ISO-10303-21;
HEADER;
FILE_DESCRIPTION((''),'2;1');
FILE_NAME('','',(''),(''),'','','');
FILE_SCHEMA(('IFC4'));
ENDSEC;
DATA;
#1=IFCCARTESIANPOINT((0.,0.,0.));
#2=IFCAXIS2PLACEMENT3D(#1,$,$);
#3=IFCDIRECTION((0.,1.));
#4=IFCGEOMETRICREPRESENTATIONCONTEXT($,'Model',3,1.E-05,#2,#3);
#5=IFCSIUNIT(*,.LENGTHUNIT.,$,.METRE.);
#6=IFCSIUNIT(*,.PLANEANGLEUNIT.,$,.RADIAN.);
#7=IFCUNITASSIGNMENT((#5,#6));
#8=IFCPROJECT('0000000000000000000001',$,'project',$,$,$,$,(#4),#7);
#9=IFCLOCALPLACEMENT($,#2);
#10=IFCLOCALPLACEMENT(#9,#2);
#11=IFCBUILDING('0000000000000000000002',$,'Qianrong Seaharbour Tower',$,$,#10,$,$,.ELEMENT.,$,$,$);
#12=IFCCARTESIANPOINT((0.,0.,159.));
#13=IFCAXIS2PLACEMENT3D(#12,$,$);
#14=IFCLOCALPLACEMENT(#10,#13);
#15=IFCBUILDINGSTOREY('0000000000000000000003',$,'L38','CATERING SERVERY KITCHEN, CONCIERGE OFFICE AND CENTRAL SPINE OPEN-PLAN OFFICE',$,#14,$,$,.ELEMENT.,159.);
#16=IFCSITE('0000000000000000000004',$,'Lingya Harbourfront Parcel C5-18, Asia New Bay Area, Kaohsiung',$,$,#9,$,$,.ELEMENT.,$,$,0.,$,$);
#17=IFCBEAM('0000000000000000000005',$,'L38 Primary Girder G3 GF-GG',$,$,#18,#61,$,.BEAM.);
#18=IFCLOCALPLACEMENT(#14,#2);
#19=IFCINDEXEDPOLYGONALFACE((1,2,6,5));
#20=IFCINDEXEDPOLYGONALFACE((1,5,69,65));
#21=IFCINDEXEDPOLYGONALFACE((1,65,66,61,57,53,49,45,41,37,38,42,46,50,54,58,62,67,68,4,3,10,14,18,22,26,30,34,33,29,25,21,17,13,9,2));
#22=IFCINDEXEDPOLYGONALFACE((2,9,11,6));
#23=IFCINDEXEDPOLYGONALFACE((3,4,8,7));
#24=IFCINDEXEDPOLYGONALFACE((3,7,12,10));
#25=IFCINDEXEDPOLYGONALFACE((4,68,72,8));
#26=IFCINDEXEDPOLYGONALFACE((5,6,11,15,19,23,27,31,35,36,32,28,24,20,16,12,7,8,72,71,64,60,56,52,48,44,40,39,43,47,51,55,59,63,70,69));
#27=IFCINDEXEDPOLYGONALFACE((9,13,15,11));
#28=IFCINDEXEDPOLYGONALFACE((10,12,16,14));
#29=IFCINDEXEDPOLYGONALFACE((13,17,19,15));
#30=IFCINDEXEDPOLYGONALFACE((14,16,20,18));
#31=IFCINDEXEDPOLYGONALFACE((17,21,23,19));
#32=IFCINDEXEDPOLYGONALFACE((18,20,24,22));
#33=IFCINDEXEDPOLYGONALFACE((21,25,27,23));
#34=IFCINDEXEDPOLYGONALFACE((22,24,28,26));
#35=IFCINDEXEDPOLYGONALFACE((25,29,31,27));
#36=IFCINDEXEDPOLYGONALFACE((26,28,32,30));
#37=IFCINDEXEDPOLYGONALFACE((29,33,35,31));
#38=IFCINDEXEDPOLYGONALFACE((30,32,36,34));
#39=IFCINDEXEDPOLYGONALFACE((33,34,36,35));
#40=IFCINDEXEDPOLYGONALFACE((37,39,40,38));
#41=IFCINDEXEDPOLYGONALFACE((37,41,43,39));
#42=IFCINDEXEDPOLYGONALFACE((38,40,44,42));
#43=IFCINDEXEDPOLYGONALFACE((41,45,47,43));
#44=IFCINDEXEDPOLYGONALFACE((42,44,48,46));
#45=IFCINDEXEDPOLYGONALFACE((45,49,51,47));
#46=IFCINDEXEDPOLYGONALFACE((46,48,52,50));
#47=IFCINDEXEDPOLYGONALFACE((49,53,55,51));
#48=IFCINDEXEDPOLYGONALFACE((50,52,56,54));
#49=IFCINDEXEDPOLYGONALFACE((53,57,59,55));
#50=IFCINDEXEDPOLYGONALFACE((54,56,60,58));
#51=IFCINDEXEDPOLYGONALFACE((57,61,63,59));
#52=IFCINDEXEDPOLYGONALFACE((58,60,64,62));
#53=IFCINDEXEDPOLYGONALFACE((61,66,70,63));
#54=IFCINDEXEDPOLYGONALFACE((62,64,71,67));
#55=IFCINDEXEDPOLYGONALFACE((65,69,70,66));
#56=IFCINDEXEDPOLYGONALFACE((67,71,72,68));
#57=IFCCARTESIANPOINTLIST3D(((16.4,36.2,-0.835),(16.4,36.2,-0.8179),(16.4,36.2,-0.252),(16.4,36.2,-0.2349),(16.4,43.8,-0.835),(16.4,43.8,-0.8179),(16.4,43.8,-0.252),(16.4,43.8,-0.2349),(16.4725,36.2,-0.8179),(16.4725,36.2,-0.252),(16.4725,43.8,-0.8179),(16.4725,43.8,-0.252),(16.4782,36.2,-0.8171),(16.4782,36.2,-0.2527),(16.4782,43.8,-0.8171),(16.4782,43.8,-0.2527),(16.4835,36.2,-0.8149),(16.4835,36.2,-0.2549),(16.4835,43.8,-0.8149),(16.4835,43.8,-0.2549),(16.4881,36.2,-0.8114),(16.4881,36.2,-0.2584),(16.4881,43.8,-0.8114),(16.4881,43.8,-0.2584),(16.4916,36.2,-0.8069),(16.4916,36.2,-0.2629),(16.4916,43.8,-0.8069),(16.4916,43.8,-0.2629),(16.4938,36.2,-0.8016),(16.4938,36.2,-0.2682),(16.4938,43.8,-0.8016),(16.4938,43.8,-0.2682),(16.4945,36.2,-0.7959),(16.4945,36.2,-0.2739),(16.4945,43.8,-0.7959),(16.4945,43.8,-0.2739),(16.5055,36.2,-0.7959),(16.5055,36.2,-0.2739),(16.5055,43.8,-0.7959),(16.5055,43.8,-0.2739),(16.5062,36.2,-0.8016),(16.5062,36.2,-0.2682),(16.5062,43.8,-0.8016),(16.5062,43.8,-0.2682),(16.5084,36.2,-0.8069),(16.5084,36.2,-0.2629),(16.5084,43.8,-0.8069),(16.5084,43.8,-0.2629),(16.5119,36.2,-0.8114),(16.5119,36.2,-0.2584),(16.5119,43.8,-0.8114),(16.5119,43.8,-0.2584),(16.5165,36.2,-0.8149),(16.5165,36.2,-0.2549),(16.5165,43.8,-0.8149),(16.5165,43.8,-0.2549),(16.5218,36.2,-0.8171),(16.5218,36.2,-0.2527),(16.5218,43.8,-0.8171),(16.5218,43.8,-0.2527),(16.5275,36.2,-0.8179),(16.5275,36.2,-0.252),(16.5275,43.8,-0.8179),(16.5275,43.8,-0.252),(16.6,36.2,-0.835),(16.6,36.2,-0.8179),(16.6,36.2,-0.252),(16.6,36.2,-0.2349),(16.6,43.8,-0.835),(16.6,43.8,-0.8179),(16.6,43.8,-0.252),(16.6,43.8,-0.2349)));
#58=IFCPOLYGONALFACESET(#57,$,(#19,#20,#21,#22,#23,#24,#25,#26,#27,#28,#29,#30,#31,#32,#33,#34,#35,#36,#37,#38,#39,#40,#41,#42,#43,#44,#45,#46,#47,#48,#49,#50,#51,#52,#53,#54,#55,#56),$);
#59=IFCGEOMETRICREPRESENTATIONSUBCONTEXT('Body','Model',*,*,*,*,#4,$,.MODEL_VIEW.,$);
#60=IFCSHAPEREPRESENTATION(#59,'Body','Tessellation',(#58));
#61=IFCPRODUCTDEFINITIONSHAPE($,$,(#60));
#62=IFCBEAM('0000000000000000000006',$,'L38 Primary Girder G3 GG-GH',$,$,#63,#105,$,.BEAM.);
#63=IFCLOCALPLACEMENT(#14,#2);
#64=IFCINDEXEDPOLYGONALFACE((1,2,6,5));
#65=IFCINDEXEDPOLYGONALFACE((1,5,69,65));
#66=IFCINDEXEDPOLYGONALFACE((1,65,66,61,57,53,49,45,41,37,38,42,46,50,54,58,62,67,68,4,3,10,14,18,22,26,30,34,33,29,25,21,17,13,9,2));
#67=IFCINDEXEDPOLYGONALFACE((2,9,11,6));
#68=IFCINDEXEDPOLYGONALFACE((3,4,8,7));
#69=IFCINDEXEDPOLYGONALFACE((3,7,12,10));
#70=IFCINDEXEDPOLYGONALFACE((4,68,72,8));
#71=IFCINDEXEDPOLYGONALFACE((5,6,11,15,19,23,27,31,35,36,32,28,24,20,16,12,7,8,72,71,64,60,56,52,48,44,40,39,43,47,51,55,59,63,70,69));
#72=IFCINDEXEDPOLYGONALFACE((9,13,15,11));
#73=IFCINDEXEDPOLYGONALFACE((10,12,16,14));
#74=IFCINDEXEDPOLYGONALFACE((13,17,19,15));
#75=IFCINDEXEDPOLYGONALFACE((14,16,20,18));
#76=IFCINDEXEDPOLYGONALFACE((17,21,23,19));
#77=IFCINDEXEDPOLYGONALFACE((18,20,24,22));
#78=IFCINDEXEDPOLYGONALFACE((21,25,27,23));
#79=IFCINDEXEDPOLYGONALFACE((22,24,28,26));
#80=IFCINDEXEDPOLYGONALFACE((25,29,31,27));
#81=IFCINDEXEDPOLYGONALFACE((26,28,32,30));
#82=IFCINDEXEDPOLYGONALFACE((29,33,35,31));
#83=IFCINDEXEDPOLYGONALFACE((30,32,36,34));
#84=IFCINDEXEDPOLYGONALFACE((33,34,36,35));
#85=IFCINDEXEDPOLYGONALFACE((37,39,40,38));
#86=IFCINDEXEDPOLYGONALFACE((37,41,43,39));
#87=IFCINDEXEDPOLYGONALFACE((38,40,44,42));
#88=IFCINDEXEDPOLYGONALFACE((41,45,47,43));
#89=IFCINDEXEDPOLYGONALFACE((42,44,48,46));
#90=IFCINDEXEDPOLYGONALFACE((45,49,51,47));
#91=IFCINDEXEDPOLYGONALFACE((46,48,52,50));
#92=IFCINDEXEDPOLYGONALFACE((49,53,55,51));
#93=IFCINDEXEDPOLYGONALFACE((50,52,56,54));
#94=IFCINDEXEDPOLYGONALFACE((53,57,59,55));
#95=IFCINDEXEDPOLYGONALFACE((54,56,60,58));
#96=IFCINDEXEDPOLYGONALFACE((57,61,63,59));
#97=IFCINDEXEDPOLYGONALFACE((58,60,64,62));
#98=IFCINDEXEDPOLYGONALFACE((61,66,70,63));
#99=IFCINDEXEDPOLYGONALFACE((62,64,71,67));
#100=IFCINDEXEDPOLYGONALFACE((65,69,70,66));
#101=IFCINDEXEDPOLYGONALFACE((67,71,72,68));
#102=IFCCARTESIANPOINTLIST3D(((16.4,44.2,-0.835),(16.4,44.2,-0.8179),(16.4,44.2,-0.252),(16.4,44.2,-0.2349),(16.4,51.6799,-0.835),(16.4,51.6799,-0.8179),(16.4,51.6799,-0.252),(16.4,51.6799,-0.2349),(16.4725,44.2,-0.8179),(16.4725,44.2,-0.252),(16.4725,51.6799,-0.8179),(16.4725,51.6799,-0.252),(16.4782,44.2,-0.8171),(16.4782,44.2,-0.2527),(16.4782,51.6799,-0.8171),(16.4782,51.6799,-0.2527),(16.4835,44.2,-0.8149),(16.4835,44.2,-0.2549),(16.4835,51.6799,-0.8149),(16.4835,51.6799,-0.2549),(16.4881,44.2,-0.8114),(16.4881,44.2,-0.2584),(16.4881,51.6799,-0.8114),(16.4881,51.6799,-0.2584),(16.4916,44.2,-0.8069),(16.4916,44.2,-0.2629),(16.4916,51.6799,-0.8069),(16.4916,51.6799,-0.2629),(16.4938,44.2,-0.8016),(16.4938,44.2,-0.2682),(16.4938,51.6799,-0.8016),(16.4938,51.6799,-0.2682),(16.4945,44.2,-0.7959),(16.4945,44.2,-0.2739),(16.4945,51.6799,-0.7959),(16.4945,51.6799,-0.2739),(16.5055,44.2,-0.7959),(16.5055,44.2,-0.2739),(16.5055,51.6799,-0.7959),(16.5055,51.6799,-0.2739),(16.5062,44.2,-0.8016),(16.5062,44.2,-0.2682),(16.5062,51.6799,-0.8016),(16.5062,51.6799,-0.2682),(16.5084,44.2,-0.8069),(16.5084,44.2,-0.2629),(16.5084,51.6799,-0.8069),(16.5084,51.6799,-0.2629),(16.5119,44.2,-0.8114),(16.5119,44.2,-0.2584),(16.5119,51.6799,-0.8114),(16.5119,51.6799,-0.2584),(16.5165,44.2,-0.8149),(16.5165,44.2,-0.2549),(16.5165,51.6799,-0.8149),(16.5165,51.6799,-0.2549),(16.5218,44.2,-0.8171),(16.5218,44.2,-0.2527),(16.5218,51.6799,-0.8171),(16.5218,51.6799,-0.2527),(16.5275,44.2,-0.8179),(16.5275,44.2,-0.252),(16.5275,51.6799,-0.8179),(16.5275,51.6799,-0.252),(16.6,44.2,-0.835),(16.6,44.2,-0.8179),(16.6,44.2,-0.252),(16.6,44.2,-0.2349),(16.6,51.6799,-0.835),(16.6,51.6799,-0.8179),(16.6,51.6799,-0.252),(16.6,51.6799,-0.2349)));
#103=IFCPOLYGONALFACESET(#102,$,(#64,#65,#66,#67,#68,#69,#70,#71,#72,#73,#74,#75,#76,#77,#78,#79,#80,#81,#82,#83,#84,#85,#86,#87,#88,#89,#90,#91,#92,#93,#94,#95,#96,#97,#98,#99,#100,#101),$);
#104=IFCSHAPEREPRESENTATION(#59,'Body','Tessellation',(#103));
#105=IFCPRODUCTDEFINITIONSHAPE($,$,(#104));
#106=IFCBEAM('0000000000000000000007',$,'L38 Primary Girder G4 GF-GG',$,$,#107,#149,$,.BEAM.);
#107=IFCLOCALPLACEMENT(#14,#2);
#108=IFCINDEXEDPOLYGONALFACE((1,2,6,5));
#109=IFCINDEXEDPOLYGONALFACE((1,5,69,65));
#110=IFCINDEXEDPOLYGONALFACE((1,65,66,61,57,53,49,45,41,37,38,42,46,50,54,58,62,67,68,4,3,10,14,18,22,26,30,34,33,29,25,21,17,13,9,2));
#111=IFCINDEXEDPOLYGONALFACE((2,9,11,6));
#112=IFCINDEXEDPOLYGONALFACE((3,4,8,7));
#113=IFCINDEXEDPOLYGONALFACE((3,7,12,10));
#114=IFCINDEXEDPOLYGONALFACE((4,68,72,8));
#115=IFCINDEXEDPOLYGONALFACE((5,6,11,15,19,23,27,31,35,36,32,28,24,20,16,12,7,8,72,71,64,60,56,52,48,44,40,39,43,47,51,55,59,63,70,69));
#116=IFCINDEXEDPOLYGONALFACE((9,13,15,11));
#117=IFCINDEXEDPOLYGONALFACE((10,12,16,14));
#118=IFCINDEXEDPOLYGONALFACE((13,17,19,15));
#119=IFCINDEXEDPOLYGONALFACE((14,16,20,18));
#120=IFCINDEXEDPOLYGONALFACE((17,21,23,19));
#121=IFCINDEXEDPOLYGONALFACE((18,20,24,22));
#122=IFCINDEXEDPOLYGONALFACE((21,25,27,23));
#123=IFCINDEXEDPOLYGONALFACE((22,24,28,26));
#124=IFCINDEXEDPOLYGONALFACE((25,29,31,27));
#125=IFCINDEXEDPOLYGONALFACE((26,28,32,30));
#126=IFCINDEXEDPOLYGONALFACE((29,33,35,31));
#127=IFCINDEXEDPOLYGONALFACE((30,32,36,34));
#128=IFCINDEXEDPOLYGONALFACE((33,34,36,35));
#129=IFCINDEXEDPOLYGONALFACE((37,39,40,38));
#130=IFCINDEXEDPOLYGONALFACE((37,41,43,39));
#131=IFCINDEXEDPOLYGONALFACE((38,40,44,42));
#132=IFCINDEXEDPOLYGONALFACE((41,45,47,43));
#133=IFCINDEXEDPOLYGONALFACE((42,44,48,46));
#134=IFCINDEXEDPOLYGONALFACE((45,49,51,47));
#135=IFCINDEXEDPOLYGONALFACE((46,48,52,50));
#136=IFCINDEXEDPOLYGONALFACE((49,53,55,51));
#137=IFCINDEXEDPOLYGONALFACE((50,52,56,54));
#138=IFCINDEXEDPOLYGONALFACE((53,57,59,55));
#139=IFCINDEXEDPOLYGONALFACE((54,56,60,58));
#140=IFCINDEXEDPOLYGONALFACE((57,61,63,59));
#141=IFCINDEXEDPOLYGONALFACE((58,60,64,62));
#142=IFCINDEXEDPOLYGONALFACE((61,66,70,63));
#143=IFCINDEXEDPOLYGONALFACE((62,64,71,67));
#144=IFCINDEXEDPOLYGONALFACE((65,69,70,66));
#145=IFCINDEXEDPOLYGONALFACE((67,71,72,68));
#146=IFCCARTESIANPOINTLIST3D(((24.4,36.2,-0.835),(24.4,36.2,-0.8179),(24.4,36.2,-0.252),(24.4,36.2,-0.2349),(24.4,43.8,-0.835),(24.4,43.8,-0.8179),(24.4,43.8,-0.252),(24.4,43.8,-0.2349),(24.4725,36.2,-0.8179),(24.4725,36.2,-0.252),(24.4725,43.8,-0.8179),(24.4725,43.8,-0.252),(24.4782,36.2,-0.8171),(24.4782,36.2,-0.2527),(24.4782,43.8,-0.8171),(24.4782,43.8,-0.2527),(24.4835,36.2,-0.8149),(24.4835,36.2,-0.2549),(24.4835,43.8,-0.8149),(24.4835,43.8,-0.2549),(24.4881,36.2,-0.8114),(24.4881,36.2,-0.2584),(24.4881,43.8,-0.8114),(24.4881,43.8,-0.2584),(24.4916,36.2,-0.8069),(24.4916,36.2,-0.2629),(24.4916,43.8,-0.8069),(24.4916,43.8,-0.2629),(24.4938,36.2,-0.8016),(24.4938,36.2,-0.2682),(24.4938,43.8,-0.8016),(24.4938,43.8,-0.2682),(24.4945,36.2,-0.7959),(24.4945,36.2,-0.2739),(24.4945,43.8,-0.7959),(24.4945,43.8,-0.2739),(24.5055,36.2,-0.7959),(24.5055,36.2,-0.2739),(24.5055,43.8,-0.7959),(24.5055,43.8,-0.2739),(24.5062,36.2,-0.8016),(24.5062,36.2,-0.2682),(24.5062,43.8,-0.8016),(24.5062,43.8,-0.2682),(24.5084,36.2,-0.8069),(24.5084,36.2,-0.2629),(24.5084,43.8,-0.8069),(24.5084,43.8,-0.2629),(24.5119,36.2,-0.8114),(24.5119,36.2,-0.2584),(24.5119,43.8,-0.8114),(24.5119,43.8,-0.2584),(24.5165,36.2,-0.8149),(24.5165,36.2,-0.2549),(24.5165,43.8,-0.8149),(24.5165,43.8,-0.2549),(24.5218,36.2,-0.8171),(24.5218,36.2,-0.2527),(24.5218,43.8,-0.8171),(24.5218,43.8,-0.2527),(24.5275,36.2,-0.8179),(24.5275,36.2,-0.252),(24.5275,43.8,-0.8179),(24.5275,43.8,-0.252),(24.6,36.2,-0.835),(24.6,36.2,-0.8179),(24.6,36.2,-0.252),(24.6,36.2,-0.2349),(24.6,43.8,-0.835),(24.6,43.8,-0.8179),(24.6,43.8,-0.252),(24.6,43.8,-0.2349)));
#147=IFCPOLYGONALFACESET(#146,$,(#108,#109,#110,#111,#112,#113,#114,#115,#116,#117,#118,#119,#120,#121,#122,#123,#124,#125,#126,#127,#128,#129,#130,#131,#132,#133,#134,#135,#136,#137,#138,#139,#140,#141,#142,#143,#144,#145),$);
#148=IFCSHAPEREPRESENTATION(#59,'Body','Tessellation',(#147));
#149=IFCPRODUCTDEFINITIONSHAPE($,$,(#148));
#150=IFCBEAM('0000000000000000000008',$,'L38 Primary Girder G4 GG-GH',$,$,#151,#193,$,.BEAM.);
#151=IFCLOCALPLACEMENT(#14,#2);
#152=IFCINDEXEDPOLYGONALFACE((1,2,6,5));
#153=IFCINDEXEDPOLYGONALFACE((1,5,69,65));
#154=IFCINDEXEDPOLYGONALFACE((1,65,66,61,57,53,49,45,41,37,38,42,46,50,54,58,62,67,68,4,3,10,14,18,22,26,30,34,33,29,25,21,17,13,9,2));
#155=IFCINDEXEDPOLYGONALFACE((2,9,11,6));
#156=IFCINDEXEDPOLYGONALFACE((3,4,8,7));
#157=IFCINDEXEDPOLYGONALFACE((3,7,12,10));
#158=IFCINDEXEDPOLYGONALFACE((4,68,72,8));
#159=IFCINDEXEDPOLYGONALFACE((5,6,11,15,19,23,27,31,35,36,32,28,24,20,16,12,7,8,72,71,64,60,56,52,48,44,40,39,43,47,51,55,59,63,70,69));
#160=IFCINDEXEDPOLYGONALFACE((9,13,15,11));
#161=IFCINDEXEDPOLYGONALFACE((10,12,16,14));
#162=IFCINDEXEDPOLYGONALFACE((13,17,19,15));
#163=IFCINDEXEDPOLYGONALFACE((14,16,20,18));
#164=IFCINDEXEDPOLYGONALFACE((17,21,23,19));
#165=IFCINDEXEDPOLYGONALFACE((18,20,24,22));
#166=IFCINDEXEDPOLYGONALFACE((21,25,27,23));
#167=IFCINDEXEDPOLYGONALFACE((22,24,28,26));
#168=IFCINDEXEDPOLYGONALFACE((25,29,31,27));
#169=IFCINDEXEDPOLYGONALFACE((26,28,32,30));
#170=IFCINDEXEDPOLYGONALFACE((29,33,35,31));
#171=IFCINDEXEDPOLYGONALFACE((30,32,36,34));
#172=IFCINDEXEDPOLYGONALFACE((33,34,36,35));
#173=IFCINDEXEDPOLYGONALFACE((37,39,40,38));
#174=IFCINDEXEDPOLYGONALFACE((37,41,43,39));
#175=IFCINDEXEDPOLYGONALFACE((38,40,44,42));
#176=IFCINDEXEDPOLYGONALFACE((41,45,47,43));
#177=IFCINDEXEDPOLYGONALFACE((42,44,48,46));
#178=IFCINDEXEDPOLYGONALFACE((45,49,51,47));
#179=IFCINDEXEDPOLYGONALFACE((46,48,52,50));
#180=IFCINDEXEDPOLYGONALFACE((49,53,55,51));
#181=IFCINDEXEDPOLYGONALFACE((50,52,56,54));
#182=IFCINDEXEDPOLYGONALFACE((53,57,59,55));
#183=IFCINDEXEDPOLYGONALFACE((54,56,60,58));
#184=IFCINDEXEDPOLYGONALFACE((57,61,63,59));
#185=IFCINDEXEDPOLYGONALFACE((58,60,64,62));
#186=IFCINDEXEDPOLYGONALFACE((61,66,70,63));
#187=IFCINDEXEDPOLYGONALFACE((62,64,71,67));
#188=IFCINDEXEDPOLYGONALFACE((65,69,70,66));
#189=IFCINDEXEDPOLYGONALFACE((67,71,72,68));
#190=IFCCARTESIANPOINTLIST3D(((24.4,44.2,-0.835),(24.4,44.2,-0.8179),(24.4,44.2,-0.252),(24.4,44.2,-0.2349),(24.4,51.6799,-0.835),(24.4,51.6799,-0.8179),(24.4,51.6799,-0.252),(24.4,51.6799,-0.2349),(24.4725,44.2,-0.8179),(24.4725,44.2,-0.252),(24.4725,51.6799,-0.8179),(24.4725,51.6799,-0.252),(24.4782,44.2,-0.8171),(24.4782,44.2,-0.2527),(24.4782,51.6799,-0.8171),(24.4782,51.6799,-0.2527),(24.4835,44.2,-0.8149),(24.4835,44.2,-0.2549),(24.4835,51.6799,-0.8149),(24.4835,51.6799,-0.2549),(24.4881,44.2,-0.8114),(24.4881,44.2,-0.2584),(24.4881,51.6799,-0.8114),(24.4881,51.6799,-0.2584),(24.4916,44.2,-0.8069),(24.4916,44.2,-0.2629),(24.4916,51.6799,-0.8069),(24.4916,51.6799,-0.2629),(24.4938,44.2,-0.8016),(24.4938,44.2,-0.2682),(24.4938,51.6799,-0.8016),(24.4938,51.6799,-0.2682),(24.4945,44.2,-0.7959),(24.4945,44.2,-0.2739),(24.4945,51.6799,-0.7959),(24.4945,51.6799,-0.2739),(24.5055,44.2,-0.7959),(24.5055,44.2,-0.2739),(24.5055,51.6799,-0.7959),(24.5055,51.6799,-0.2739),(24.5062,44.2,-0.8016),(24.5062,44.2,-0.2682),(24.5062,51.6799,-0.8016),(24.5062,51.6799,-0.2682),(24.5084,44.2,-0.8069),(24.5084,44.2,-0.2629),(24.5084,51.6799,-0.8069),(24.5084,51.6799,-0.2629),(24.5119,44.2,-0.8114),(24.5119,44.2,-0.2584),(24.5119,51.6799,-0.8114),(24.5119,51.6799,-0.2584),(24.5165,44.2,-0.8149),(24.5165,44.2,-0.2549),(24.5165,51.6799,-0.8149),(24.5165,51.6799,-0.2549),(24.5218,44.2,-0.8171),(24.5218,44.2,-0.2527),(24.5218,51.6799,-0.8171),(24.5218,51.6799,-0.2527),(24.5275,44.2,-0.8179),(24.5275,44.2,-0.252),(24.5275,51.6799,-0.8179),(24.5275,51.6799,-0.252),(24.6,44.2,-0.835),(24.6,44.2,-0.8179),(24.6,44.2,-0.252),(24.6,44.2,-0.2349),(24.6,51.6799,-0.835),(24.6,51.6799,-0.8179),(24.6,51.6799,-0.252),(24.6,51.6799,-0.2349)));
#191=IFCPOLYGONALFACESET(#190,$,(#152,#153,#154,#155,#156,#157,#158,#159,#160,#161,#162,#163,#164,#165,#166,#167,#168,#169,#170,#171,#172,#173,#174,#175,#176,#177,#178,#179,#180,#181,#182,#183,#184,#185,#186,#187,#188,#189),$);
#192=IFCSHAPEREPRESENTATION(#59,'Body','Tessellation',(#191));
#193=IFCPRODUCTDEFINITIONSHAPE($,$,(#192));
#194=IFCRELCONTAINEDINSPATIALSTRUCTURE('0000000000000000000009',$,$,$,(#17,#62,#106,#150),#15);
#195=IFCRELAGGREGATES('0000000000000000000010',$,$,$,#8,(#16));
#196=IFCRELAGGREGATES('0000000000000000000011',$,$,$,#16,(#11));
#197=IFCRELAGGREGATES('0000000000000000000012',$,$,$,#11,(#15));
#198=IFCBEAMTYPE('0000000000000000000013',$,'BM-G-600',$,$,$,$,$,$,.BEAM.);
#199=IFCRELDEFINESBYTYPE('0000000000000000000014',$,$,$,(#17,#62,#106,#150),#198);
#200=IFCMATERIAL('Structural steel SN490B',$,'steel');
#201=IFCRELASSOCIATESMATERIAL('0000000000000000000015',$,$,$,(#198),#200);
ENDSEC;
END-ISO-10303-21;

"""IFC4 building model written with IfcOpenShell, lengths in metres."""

from ifc_helpers import new_model, si_unit, direction, frame, origin, origin_2d, place, context, subcontext, project, spatial, i_section, extrude, material, material_profile, profile_set, type_object, element, save


model = new_model("IFC4")

# Units and contexts
model_context = context("Model", 3, precision=1e-05, world=origin(), true_north=direction((0.0, 1.0)))
body_context = subcontext(model_context, "Body", "Model", "MODEL_VIEW")
ifc_project = project(units=[si_unit("LENGTHUNIT", "METRE"), si_unit("PLANEANGLEUNIT", "RADIAN")], contexts=[model_context])

# Site, building, storey
site_placement = place(None, origin())
site = spatial("IfcSite", under=ifc_project, at=site_placement, Name="Lingya Harbourfront Parcel C5-18, Asia New Bay Area, Kaohsiung", CompositionType="ELEMENT", RefElevation=0.0)
building_placement = place(site_placement, origin())
building = spatial("IfcBuilding", under=site, at=building_placement, Name="Qianrong Seaharbour Tower", CompositionType="ELEMENT")
storey_placement = place(building_placement, frame((0.0, 0.0, 159.0)))
storey = spatial("IfcBuildingStorey", under=building, at=storey_placement, Name="L38", Description="CATERING SERVERY KITCHEN, CONCIERGE OFFICE AND CENTRAL SPINE OPEN-PLAN OFFICE", CompositionType="ELEMENT", Elevation=159.0)

# Shared definitions
ifc_material_1 = material(Name="Structural steel SN490B", Category="steel")

# Beams
ifc_material_profile_1 = material_profile(ifc_material_1, i_section(OverallWidth=0.2, OverallDepth=0.6001, WebThickness=0.011, FlangeThickness=0.0171, FilletRadius=0.022, at=origin_2d()), Name="H600x200x11x17")
ifc_profile_set_1 = profile_set([ifc_material_profile_1], Name="Structural steel SN490B")
beam_type_1 = type_object("IfcBeamType", Name="BM-G-600", PredefinedType="BEAM", material=ifc_profile_set_1)
for number, where, z_axis, x_axis, name in (
    (1, (16.5, 36.2, -0.5349), (0.0, 1.0, 0.0), (-1.0, 0.0, 0.0), "L38 Primary Girder G3 GF-GG"),
):
    element("IfcBeam", number, at=place(storey_placement, frame(where, z_axis=z_axis, x_axis=x_axis)), inside=storey, type_object=beam_type_1, Name=name, PredefinedType="BEAM", context=body_context, shape_type="SweptSolid", body=[
        extrude(i_section(OverallWidth=0.2, OverallDepth=0.6001, WebThickness=0.011, FlangeThickness=0.0171, FilletRadius=0.022, at=origin_2d()), origin(), (0.0, 0.0, 1.0), 7.6001),
    ])
beam_1_placement = place(storey_placement, frame((16.5, 44.2, -0.5349), z_axis=(0.0, 1.0, 0.0), x_axis=(-1.0, 0.0, 0.0)))
element("IfcBeam", 2, at=beam_1_placement, inside=storey, type_object=beam_type_1, Name="L38 Primary Girder G3 GG-GH", PredefinedType="BEAM", context=body_context, shape_type="SweptSolid", body=[
    extrude(i_section(OverallWidth=0.2, OverallDepth=0.6001, WebThickness=0.011, FlangeThickness=0.0171, FilletRadius=0.022, at=origin_2d()), origin(), (0.0, 0.0, 1.0), 7.48),
])
beam_2_placement = place(storey_placement, frame((24.5, 36.2, -0.5349), z_axis=(0.0, 1.0, 0.0), x_axis=(-1.0, 0.0, 0.0)))
element("IfcBeam", 3, at=beam_2_placement, inside=storey, type_object=beam_type_1, Name="L38 Primary Girder G4 GF-GG", PredefinedType="BEAM", context=body_context, shape_type="SweptSolid", body=[
    extrude(i_section(OverallWidth=0.2, OverallDepth=0.6001, WebThickness=0.011, FlangeThickness=0.0171, FilletRadius=0.022, at=origin_2d()), origin(), (0.0, 0.0, 1.0), 7.6001),
])
beam_3_placement = place(storey_placement, frame((24.5, 44.2, -0.5349), z_axis=(0.0, 1.0, 0.0), x_axis=(-1.0, 0.0, 0.0)))
element("IfcBeam", 4, at=beam_3_placement, inside=storey, type_object=beam_type_1, Name="L38 Primary Girder G4 GG-GH", PredefinedType="BEAM", context=body_context, shape_type="SweptSolid", body=[
    extrude(i_section(OverallWidth=0.2, OverallDepth=0.6001, WebThickness=0.011, FlangeThickness=0.0171, FilletRadius=0.022, at=origin_2d()), origin(), (0.0, 0.0, 1.0), 7.48),
])

save(model, "model.ifc")
